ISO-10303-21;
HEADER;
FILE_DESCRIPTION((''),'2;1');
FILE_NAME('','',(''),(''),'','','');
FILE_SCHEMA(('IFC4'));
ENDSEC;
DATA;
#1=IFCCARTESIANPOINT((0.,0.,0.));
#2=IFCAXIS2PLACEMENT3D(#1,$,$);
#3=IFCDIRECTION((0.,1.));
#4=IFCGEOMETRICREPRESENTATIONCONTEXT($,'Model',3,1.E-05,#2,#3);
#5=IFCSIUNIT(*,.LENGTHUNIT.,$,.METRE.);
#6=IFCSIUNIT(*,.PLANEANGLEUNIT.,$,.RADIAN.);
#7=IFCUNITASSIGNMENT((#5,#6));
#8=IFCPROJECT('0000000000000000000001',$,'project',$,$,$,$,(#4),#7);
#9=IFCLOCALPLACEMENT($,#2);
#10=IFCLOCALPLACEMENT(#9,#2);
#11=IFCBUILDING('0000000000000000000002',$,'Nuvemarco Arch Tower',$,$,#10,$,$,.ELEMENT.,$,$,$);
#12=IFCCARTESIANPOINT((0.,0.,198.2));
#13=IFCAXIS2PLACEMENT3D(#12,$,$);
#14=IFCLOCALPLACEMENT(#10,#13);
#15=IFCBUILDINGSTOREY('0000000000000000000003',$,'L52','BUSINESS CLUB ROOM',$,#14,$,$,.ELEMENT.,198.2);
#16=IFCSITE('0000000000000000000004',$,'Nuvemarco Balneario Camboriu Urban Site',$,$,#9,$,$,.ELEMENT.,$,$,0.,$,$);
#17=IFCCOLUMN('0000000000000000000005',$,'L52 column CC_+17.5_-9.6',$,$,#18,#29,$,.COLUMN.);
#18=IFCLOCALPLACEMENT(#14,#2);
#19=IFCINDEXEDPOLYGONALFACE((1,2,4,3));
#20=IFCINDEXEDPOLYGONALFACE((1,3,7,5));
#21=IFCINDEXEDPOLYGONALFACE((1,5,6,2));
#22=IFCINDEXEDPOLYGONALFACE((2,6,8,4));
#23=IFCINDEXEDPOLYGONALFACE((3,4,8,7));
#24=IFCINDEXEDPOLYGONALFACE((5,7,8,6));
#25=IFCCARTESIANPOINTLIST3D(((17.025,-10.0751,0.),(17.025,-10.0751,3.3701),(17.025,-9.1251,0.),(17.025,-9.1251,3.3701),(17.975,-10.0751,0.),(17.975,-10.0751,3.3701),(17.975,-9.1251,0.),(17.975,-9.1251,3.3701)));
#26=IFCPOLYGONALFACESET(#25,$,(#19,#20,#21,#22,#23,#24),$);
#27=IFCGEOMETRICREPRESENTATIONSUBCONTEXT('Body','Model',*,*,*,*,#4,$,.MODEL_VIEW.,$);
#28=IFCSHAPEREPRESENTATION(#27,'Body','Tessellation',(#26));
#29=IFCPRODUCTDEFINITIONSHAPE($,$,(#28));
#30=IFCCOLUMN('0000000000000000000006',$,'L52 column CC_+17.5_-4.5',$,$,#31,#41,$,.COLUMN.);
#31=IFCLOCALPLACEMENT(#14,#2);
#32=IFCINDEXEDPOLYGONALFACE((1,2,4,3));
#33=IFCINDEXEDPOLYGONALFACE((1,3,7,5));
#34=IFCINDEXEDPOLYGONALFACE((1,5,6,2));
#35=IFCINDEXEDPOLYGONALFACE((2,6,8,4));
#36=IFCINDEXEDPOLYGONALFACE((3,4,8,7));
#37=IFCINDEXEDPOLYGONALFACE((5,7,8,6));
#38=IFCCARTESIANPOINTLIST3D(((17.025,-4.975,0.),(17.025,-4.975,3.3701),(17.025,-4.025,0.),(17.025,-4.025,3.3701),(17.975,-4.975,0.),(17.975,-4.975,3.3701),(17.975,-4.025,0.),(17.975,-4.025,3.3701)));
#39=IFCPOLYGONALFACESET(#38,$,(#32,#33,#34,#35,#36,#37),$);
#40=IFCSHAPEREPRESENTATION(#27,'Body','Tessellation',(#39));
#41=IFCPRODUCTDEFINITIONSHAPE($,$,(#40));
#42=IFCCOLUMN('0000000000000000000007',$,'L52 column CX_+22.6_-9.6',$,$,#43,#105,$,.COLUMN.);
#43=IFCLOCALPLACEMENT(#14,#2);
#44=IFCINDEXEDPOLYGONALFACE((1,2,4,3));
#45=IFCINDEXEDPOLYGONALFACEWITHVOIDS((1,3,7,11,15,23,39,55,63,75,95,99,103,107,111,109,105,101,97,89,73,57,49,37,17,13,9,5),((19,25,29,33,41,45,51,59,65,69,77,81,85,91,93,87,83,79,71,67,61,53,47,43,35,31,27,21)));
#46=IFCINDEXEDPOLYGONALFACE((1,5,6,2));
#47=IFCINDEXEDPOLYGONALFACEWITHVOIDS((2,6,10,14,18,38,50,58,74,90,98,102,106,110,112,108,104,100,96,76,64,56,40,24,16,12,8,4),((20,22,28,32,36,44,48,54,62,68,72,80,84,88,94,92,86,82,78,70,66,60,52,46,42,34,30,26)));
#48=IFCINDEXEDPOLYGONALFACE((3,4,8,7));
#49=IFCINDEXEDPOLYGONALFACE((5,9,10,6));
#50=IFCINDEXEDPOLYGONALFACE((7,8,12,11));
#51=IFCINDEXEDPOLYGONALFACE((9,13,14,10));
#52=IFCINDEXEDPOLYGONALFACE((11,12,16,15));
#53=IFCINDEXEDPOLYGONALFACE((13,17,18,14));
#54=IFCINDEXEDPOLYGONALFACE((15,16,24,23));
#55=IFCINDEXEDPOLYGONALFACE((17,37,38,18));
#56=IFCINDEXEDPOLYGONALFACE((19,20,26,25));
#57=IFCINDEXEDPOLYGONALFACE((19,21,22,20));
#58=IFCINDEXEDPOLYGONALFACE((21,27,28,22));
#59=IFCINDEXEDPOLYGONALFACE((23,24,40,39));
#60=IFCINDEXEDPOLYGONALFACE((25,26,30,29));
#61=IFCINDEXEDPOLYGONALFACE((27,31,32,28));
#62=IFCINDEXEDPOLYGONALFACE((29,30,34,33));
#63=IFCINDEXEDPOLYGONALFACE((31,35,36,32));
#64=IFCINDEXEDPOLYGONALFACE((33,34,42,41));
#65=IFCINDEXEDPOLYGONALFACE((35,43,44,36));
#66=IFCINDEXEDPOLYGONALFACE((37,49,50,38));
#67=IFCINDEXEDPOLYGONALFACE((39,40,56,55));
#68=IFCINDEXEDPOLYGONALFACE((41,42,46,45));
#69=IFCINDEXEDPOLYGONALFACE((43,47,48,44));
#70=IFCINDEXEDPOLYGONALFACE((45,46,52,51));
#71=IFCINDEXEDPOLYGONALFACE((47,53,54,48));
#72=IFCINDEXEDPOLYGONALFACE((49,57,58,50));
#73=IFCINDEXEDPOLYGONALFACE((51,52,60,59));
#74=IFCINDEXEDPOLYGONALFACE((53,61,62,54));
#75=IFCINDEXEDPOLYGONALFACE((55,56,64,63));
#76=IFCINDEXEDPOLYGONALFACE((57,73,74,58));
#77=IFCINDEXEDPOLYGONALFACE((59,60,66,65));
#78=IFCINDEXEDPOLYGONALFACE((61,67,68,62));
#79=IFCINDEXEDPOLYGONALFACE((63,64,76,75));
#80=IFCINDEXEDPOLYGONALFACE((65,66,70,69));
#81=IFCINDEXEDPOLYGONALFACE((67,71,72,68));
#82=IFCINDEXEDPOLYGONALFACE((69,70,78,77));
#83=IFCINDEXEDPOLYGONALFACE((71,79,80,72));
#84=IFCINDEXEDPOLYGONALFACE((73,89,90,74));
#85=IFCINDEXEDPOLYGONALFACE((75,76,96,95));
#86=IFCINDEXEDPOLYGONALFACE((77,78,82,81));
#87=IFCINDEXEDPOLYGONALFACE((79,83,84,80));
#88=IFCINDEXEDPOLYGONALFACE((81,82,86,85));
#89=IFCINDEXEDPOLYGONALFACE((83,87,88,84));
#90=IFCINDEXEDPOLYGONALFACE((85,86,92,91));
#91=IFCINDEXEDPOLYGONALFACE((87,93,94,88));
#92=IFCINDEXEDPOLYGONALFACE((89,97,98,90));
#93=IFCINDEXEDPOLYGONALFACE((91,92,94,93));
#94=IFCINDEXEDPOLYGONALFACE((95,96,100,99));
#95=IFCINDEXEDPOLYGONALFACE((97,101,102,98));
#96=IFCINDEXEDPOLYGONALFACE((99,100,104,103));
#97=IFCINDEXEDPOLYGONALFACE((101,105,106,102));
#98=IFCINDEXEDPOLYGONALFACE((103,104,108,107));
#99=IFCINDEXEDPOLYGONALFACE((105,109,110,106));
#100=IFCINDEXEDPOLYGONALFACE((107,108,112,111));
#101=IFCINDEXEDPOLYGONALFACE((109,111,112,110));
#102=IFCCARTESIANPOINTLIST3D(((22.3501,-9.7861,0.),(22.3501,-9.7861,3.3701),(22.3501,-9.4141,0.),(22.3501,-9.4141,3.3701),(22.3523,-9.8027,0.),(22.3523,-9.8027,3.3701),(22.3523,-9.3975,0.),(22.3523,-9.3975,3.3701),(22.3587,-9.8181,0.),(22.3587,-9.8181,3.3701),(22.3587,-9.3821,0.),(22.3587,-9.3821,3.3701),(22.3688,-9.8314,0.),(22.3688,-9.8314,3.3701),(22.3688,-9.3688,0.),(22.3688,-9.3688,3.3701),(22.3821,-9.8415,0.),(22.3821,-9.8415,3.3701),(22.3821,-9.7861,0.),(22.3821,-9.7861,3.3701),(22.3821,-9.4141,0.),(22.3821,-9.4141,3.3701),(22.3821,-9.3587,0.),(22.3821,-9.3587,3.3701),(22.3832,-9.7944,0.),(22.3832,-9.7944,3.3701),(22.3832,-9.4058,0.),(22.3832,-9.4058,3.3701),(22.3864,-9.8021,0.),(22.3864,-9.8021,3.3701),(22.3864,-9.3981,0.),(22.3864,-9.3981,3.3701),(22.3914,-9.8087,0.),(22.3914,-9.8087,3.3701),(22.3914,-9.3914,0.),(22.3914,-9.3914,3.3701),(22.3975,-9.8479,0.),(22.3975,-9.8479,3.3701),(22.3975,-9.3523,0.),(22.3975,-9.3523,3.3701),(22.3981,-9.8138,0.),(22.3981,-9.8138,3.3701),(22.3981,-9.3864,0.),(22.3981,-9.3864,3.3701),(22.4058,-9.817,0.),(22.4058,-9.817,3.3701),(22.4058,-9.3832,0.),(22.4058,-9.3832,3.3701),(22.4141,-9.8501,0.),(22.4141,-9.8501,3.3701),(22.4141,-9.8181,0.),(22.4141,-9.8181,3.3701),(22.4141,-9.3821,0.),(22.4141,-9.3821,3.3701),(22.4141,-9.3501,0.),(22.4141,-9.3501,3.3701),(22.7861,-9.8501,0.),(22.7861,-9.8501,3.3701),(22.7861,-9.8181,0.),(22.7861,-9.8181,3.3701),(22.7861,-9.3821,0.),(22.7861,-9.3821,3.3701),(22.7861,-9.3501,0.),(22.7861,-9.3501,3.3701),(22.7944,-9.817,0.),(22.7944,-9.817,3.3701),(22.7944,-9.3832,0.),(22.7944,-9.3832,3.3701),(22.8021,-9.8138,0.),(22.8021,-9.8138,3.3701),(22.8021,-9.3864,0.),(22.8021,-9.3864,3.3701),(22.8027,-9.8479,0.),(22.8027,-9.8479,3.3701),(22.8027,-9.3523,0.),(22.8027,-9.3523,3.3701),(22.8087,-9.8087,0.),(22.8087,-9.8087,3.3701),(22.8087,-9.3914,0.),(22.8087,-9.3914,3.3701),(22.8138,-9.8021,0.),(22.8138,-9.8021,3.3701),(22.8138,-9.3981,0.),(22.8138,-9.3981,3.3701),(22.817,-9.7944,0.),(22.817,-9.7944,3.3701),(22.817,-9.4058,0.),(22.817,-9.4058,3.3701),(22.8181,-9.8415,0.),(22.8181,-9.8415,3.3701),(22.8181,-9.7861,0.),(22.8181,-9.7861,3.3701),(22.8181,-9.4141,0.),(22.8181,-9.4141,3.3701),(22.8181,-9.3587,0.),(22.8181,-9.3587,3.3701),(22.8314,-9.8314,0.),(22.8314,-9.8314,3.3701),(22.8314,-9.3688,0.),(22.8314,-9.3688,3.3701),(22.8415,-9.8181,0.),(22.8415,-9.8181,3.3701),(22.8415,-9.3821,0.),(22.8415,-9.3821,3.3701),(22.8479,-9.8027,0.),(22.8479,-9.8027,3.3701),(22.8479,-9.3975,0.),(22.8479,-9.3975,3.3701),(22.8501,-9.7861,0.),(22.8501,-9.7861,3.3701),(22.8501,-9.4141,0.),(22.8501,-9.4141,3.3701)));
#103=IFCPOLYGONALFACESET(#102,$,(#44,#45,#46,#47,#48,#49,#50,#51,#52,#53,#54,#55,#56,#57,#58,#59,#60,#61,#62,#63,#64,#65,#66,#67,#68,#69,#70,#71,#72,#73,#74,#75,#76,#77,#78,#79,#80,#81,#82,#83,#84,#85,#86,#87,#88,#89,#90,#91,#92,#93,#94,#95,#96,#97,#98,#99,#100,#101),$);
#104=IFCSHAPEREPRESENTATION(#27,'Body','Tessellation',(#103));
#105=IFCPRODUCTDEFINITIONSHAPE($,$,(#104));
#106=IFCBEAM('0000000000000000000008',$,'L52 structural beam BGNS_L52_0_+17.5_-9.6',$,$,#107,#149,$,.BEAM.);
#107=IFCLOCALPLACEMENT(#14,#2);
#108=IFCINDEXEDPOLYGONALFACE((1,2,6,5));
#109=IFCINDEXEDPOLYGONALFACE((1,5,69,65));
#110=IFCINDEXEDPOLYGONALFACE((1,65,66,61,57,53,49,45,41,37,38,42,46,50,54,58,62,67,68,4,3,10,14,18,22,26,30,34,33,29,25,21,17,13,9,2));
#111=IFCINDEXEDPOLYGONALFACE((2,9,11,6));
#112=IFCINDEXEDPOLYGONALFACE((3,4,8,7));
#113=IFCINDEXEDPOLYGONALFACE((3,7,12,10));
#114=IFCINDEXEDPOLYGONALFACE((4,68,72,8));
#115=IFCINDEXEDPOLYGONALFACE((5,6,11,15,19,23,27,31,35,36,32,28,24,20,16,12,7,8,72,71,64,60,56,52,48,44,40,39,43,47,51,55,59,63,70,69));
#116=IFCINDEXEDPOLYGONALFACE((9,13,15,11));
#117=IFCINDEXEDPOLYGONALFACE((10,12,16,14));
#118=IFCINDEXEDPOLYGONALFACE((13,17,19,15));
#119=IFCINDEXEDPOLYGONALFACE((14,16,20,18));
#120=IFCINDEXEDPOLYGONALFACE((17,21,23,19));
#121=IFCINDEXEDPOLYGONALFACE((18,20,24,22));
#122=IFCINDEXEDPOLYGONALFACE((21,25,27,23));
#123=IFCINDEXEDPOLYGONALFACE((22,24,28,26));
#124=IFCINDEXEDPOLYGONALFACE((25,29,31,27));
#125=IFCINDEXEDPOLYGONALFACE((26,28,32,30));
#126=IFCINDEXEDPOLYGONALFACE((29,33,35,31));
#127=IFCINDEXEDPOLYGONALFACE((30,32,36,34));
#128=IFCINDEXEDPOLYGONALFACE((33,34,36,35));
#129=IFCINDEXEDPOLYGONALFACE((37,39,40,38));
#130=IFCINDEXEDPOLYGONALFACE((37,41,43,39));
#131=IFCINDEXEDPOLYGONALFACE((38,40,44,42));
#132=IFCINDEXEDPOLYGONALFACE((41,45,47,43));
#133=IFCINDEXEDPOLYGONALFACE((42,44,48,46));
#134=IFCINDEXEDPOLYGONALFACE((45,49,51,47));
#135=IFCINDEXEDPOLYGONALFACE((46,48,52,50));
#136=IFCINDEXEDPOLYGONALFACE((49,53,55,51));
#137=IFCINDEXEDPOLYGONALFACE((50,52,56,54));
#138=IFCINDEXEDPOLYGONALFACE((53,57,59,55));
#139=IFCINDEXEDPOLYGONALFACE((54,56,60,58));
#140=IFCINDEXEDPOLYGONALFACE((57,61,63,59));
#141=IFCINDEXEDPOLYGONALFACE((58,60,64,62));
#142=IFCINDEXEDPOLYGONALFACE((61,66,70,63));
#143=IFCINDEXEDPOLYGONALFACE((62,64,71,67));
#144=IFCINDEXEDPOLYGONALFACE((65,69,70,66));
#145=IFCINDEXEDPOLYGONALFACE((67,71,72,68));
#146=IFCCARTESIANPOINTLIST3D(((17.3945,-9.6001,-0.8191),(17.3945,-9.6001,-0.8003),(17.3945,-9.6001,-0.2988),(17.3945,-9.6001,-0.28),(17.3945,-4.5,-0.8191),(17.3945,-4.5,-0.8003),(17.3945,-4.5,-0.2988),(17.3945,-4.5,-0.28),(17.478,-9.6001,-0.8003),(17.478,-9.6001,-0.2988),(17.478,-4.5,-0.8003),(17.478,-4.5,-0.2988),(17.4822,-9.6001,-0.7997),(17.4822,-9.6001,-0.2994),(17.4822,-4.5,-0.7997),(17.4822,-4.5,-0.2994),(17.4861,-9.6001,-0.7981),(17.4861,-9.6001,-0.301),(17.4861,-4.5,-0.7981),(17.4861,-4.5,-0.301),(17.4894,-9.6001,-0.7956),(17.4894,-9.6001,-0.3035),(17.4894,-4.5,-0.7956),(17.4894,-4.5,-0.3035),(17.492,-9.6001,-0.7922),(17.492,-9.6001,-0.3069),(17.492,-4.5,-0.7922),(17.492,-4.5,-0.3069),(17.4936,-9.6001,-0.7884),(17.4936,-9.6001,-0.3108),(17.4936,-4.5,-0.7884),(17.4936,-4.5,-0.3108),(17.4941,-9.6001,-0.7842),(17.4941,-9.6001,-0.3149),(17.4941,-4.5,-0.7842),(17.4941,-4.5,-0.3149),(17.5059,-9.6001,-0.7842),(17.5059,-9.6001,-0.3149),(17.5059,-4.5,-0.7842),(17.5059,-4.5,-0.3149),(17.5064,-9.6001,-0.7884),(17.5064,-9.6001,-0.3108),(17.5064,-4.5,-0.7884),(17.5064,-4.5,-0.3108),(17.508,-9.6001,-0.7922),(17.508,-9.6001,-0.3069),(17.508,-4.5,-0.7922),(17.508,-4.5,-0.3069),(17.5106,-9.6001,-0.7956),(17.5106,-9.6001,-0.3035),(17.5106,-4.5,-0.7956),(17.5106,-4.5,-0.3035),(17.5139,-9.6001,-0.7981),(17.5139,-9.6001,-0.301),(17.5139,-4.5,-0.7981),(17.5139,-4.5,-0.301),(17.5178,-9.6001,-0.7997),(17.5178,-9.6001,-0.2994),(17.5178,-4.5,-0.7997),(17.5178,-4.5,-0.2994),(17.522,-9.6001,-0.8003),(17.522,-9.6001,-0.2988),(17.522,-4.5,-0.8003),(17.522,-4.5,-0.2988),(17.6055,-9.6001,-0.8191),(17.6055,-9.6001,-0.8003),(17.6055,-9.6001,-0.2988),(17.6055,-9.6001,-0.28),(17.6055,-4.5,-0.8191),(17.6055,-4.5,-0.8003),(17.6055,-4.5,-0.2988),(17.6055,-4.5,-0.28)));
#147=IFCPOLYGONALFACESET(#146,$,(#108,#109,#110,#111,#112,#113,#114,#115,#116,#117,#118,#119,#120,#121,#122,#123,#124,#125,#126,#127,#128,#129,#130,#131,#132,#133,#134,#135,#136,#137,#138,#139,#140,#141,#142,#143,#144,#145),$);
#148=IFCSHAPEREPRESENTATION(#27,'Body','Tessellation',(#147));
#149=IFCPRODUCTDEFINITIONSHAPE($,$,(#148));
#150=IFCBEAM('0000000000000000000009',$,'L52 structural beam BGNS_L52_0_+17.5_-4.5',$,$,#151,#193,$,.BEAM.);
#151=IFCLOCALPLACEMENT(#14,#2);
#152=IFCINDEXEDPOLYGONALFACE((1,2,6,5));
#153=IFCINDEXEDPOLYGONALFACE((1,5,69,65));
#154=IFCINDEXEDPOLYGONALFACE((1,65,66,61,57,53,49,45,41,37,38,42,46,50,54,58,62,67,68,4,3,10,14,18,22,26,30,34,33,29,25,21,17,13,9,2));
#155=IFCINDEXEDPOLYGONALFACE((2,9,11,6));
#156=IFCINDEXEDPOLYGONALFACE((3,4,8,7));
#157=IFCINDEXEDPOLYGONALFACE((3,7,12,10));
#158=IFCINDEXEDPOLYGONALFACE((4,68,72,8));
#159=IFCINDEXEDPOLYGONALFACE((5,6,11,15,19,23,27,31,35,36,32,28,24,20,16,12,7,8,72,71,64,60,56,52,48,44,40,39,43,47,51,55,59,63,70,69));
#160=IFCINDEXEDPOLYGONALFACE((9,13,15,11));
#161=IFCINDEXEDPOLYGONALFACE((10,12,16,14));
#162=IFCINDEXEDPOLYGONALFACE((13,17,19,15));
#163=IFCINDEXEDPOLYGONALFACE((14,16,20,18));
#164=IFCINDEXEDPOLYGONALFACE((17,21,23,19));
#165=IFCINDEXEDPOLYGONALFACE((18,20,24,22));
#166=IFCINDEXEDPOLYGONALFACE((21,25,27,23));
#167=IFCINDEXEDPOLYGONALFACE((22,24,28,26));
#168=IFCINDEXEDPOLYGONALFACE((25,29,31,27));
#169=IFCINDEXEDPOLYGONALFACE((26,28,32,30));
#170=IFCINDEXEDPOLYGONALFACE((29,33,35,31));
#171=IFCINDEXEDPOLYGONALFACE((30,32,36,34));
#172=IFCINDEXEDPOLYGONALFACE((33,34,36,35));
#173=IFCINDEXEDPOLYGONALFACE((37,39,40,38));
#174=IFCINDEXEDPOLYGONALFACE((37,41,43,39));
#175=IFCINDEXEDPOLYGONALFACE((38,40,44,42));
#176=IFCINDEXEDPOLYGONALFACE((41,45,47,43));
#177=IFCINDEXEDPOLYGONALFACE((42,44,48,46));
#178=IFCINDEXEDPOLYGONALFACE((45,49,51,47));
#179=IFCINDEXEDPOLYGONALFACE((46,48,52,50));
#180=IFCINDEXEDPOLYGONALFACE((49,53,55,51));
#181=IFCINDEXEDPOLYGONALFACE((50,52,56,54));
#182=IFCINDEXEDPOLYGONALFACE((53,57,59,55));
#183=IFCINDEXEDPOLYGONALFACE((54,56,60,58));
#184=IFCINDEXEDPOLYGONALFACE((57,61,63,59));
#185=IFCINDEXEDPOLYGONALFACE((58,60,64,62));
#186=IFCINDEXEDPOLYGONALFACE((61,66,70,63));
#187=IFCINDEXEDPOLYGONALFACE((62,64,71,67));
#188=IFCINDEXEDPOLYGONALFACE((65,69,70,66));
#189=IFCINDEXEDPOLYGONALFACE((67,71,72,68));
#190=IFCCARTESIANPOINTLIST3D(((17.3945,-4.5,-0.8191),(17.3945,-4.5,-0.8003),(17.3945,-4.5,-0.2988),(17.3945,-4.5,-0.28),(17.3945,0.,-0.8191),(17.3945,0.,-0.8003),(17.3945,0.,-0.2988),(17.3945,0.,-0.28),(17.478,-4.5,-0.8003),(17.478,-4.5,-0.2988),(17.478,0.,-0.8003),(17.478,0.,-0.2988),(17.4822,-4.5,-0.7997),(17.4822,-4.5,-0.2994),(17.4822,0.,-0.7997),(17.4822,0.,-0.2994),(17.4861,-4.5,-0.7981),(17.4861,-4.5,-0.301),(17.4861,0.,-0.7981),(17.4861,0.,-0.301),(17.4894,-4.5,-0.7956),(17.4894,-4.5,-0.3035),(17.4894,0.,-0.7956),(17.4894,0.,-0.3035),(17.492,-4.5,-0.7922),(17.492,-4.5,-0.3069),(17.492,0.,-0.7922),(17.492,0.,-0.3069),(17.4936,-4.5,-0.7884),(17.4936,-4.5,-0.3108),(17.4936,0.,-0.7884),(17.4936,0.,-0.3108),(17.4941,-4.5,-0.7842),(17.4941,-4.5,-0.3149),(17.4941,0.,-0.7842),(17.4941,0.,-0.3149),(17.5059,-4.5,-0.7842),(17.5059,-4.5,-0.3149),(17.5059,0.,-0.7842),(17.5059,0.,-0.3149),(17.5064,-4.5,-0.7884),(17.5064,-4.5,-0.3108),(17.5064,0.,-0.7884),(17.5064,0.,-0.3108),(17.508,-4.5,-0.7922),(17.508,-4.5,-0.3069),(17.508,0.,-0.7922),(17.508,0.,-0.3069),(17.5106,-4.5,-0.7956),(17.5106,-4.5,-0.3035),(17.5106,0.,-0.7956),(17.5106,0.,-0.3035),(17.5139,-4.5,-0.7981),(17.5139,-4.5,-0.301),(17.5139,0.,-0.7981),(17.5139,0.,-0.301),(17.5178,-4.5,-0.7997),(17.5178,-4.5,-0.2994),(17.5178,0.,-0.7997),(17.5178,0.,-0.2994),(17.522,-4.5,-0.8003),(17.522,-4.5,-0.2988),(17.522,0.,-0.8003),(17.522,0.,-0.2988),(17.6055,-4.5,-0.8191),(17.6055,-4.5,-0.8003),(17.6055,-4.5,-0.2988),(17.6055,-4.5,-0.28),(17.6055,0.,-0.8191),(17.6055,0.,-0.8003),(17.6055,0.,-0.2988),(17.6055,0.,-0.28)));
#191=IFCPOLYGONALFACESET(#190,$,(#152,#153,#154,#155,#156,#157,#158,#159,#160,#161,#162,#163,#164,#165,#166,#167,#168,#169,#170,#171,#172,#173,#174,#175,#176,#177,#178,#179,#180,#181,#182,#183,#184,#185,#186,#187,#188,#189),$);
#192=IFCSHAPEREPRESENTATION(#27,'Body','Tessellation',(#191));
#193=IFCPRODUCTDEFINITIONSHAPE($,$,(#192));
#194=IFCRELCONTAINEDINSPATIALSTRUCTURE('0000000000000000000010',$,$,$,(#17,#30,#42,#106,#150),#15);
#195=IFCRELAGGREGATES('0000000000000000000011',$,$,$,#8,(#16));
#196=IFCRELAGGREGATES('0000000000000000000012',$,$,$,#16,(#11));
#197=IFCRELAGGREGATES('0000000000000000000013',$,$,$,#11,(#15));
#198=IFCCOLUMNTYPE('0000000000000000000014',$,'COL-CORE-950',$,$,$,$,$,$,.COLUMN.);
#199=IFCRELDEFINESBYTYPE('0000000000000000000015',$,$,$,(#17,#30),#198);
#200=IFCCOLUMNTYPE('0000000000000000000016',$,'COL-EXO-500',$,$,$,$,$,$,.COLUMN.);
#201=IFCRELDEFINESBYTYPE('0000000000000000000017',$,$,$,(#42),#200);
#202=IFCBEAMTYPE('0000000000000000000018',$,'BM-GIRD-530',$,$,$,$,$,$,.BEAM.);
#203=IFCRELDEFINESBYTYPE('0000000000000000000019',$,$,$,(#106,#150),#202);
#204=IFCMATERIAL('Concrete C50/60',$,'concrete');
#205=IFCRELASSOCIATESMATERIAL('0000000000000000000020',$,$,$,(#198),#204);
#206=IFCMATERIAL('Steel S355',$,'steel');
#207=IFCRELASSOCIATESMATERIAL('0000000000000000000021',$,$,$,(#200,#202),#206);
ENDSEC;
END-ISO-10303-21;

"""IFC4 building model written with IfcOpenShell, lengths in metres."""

from ifc_helpers import new_model, si_unit, direction, frame, origin, origin_2d, place, context, subcontext, project, spatial, rectangle, hollow_rectangle, i_section, extrude, material, material_profile, profile_set, type_object, element, save


model = new_model("IFC4")

# Units and contexts
model_context = context("Model", 3, precision=1e-05, world=origin(), true_north=direction((0.0, 1.0)))
body_context = subcontext(model_context, "Body", "Model", "MODEL_VIEW")
ifc_project = project(units=[si_unit("LENGTHUNIT", "METRE"), si_unit("PLANEANGLEUNIT", "RADIAN")], contexts=[model_context])

# Site, building, storey
site_placement = place(None, origin())
site = spatial("IfcSite", under=ifc_project, at=site_placement, Name="Nuvemarco Balneario Camboriu Urban Site", CompositionType="ELEMENT", RefElevation=0.0)
building_placement = place(site_placement, origin())
building = spatial("IfcBuilding", under=site, at=building_placement, Name="Nuvemarco Arch Tower", CompositionType="ELEMENT")
storey_placement = place(building_placement, frame((0.0, 0.0, 198.2)))
storey = spatial("IfcBuildingStorey", under=building, at=storey_placement, Name="L52", Description="BUSINESS CLUB ROOM", CompositionType="ELEMENT", Elevation=198.2)

# Columns
ifc_material_1 = material(Name="Concrete C50/60", Category="concrete")
ifc_material_profile_1 = material_profile(ifc_material_1, rectangle(XDim=0.95, YDim=0.95, at=origin_2d()), Name="RC-COL-950x950")
ifc_profile_set_1 = profile_set([ifc_material_profile_1], Name="Concrete C50/60")
column_type_1 = type_object("IfcColumnType", Name="COL-CORE-950", PredefinedType="COLUMN", material=ifc_profile_set_1)
for number, where, z_axis, x_axis, name in (
    (1, (17.5, -9.6001, 0.0), (0.0, 0.0, 1.0), (1.0, 0.0, 0.0), "L52 column CC_+17.5_-9.6"),
    (2, (17.5, -4.5, 0.0), (0.0, 0.0, 1.0), (1.0, 0.0, 0.0), "L52 column CC_+17.5_-4.5"),
):
    element("IfcColumn", number, at=place(storey_placement, frame(where, z_axis=z_axis, x_axis=x_axis)), inside=storey, type_object=column_type_1, Name=name, PredefinedType="COLUMN", context=body_context, shape_type="SweptSolid", body=[
        extrude(rectangle(XDim=0.95, YDim=0.95, at=origin_2d()), origin(), (0.0, 0.0, 1.0), 3.3701),
    ])
ifc_material_2 = material(Name="Steel S355", Category="steel")
ifc_material_profile_2 = material_profile(ifc_material_2, hollow_rectangle(XDim=0.5, YDim=0.5, WallThickness=0.032, InnerFilletRadius=0.032, OuterFilletRadius=0.064, at=origin_2d()), Name="SHS500x500x32")
ifc_profile_set_2 = profile_set([ifc_material_profile_2], Name="Steel S355")
column_type_2 = type_object("IfcColumnType", Name="COL-EXO-500", PredefinedType="COLUMN", material=ifc_profile_set_2)
column_placement = place(storey_placement, frame((22.6001, -9.6001, 0.0), z_axis=(0.0, 0.0, 1.0), x_axis=(1.0, 0.0, 0.0)))
element("IfcColumn", 3, at=column_placement, inside=storey, type_object=column_type_2, Name="L52 column CX_+22.6_-9.6", PredefinedType="COLUMN", context=body_context, shape_type="SweptSolid", body=[
    extrude(hollow_rectangle(XDim=0.5, YDim=0.5, WallThickness=0.032, InnerFilletRadius=0.032, OuterFilletRadius=0.064, at=origin_2d()), origin(), (0.0, 0.0, 1.0), 3.3701),
])

# Beams
ifc_material_profile_3 = material_profile(ifc_material_2, i_section(OverallWidth=0.2109, OverallDepth=0.5391, WebThickness=0.0117, FlangeThickness=0.0188, FilletRadius=0.0161, at=origin_2d()), Name="W530x109")
ifc_profile_set_3 = profile_set([ifc_material_profile_3], Name="Steel S355")
beam_type_1 = type_object("IfcBeamType", Name="BM-GIRD-530", PredefinedType="BEAM", material=ifc_profile_set_3)
beam_1_placement = place(storey_placement, frame((17.5, -9.6001, -0.5496), z_axis=(0.0, 1.0, 0.0), x_axis=(-1.0, 0.0, 0.0)))
element("IfcBeam", 4, at=beam_1_placement, inside=storey, type_object=beam_type_1, Name="L52 structural beam BGNS_L52_0_+17.5_-9.6", PredefinedType="BEAM", context=body_context, shape_type="SweptSolid", body=[
    extrude(i_section(OverallWidth=0.2109, OverallDepth=0.5391, WebThickness=0.0117, FlangeThickness=0.0188, FilletRadius=0.0161, at=origin_2d()), origin(), (0.0, 0.0, 1.0), 5.1001),
])
beam_2_placement = place(storey_placement, frame((17.5, -4.5, -0.5496), z_axis=(0.0, 1.0, 0.0), x_axis=(-1.0, 0.0, 0.0)))
element("IfcBeam", 5, at=beam_2_placement, inside=storey, type_object=beam_type_1, Name="L52 structural beam BGNS_L52_0_+17.5_-4.5", PredefinedType="BEAM", context=body_context, shape_type="SweptSolid", body=[
    extrude(i_section(OverallWidth=0.2109, OverallDepth=0.5391, WebThickness=0.0117, FlangeThickness=0.0188, FilletRadius=0.0161, at=origin_2d()), origin(), (0.0, 0.0, 1.0), 4.5),
])

save(model, "model.ifc")
